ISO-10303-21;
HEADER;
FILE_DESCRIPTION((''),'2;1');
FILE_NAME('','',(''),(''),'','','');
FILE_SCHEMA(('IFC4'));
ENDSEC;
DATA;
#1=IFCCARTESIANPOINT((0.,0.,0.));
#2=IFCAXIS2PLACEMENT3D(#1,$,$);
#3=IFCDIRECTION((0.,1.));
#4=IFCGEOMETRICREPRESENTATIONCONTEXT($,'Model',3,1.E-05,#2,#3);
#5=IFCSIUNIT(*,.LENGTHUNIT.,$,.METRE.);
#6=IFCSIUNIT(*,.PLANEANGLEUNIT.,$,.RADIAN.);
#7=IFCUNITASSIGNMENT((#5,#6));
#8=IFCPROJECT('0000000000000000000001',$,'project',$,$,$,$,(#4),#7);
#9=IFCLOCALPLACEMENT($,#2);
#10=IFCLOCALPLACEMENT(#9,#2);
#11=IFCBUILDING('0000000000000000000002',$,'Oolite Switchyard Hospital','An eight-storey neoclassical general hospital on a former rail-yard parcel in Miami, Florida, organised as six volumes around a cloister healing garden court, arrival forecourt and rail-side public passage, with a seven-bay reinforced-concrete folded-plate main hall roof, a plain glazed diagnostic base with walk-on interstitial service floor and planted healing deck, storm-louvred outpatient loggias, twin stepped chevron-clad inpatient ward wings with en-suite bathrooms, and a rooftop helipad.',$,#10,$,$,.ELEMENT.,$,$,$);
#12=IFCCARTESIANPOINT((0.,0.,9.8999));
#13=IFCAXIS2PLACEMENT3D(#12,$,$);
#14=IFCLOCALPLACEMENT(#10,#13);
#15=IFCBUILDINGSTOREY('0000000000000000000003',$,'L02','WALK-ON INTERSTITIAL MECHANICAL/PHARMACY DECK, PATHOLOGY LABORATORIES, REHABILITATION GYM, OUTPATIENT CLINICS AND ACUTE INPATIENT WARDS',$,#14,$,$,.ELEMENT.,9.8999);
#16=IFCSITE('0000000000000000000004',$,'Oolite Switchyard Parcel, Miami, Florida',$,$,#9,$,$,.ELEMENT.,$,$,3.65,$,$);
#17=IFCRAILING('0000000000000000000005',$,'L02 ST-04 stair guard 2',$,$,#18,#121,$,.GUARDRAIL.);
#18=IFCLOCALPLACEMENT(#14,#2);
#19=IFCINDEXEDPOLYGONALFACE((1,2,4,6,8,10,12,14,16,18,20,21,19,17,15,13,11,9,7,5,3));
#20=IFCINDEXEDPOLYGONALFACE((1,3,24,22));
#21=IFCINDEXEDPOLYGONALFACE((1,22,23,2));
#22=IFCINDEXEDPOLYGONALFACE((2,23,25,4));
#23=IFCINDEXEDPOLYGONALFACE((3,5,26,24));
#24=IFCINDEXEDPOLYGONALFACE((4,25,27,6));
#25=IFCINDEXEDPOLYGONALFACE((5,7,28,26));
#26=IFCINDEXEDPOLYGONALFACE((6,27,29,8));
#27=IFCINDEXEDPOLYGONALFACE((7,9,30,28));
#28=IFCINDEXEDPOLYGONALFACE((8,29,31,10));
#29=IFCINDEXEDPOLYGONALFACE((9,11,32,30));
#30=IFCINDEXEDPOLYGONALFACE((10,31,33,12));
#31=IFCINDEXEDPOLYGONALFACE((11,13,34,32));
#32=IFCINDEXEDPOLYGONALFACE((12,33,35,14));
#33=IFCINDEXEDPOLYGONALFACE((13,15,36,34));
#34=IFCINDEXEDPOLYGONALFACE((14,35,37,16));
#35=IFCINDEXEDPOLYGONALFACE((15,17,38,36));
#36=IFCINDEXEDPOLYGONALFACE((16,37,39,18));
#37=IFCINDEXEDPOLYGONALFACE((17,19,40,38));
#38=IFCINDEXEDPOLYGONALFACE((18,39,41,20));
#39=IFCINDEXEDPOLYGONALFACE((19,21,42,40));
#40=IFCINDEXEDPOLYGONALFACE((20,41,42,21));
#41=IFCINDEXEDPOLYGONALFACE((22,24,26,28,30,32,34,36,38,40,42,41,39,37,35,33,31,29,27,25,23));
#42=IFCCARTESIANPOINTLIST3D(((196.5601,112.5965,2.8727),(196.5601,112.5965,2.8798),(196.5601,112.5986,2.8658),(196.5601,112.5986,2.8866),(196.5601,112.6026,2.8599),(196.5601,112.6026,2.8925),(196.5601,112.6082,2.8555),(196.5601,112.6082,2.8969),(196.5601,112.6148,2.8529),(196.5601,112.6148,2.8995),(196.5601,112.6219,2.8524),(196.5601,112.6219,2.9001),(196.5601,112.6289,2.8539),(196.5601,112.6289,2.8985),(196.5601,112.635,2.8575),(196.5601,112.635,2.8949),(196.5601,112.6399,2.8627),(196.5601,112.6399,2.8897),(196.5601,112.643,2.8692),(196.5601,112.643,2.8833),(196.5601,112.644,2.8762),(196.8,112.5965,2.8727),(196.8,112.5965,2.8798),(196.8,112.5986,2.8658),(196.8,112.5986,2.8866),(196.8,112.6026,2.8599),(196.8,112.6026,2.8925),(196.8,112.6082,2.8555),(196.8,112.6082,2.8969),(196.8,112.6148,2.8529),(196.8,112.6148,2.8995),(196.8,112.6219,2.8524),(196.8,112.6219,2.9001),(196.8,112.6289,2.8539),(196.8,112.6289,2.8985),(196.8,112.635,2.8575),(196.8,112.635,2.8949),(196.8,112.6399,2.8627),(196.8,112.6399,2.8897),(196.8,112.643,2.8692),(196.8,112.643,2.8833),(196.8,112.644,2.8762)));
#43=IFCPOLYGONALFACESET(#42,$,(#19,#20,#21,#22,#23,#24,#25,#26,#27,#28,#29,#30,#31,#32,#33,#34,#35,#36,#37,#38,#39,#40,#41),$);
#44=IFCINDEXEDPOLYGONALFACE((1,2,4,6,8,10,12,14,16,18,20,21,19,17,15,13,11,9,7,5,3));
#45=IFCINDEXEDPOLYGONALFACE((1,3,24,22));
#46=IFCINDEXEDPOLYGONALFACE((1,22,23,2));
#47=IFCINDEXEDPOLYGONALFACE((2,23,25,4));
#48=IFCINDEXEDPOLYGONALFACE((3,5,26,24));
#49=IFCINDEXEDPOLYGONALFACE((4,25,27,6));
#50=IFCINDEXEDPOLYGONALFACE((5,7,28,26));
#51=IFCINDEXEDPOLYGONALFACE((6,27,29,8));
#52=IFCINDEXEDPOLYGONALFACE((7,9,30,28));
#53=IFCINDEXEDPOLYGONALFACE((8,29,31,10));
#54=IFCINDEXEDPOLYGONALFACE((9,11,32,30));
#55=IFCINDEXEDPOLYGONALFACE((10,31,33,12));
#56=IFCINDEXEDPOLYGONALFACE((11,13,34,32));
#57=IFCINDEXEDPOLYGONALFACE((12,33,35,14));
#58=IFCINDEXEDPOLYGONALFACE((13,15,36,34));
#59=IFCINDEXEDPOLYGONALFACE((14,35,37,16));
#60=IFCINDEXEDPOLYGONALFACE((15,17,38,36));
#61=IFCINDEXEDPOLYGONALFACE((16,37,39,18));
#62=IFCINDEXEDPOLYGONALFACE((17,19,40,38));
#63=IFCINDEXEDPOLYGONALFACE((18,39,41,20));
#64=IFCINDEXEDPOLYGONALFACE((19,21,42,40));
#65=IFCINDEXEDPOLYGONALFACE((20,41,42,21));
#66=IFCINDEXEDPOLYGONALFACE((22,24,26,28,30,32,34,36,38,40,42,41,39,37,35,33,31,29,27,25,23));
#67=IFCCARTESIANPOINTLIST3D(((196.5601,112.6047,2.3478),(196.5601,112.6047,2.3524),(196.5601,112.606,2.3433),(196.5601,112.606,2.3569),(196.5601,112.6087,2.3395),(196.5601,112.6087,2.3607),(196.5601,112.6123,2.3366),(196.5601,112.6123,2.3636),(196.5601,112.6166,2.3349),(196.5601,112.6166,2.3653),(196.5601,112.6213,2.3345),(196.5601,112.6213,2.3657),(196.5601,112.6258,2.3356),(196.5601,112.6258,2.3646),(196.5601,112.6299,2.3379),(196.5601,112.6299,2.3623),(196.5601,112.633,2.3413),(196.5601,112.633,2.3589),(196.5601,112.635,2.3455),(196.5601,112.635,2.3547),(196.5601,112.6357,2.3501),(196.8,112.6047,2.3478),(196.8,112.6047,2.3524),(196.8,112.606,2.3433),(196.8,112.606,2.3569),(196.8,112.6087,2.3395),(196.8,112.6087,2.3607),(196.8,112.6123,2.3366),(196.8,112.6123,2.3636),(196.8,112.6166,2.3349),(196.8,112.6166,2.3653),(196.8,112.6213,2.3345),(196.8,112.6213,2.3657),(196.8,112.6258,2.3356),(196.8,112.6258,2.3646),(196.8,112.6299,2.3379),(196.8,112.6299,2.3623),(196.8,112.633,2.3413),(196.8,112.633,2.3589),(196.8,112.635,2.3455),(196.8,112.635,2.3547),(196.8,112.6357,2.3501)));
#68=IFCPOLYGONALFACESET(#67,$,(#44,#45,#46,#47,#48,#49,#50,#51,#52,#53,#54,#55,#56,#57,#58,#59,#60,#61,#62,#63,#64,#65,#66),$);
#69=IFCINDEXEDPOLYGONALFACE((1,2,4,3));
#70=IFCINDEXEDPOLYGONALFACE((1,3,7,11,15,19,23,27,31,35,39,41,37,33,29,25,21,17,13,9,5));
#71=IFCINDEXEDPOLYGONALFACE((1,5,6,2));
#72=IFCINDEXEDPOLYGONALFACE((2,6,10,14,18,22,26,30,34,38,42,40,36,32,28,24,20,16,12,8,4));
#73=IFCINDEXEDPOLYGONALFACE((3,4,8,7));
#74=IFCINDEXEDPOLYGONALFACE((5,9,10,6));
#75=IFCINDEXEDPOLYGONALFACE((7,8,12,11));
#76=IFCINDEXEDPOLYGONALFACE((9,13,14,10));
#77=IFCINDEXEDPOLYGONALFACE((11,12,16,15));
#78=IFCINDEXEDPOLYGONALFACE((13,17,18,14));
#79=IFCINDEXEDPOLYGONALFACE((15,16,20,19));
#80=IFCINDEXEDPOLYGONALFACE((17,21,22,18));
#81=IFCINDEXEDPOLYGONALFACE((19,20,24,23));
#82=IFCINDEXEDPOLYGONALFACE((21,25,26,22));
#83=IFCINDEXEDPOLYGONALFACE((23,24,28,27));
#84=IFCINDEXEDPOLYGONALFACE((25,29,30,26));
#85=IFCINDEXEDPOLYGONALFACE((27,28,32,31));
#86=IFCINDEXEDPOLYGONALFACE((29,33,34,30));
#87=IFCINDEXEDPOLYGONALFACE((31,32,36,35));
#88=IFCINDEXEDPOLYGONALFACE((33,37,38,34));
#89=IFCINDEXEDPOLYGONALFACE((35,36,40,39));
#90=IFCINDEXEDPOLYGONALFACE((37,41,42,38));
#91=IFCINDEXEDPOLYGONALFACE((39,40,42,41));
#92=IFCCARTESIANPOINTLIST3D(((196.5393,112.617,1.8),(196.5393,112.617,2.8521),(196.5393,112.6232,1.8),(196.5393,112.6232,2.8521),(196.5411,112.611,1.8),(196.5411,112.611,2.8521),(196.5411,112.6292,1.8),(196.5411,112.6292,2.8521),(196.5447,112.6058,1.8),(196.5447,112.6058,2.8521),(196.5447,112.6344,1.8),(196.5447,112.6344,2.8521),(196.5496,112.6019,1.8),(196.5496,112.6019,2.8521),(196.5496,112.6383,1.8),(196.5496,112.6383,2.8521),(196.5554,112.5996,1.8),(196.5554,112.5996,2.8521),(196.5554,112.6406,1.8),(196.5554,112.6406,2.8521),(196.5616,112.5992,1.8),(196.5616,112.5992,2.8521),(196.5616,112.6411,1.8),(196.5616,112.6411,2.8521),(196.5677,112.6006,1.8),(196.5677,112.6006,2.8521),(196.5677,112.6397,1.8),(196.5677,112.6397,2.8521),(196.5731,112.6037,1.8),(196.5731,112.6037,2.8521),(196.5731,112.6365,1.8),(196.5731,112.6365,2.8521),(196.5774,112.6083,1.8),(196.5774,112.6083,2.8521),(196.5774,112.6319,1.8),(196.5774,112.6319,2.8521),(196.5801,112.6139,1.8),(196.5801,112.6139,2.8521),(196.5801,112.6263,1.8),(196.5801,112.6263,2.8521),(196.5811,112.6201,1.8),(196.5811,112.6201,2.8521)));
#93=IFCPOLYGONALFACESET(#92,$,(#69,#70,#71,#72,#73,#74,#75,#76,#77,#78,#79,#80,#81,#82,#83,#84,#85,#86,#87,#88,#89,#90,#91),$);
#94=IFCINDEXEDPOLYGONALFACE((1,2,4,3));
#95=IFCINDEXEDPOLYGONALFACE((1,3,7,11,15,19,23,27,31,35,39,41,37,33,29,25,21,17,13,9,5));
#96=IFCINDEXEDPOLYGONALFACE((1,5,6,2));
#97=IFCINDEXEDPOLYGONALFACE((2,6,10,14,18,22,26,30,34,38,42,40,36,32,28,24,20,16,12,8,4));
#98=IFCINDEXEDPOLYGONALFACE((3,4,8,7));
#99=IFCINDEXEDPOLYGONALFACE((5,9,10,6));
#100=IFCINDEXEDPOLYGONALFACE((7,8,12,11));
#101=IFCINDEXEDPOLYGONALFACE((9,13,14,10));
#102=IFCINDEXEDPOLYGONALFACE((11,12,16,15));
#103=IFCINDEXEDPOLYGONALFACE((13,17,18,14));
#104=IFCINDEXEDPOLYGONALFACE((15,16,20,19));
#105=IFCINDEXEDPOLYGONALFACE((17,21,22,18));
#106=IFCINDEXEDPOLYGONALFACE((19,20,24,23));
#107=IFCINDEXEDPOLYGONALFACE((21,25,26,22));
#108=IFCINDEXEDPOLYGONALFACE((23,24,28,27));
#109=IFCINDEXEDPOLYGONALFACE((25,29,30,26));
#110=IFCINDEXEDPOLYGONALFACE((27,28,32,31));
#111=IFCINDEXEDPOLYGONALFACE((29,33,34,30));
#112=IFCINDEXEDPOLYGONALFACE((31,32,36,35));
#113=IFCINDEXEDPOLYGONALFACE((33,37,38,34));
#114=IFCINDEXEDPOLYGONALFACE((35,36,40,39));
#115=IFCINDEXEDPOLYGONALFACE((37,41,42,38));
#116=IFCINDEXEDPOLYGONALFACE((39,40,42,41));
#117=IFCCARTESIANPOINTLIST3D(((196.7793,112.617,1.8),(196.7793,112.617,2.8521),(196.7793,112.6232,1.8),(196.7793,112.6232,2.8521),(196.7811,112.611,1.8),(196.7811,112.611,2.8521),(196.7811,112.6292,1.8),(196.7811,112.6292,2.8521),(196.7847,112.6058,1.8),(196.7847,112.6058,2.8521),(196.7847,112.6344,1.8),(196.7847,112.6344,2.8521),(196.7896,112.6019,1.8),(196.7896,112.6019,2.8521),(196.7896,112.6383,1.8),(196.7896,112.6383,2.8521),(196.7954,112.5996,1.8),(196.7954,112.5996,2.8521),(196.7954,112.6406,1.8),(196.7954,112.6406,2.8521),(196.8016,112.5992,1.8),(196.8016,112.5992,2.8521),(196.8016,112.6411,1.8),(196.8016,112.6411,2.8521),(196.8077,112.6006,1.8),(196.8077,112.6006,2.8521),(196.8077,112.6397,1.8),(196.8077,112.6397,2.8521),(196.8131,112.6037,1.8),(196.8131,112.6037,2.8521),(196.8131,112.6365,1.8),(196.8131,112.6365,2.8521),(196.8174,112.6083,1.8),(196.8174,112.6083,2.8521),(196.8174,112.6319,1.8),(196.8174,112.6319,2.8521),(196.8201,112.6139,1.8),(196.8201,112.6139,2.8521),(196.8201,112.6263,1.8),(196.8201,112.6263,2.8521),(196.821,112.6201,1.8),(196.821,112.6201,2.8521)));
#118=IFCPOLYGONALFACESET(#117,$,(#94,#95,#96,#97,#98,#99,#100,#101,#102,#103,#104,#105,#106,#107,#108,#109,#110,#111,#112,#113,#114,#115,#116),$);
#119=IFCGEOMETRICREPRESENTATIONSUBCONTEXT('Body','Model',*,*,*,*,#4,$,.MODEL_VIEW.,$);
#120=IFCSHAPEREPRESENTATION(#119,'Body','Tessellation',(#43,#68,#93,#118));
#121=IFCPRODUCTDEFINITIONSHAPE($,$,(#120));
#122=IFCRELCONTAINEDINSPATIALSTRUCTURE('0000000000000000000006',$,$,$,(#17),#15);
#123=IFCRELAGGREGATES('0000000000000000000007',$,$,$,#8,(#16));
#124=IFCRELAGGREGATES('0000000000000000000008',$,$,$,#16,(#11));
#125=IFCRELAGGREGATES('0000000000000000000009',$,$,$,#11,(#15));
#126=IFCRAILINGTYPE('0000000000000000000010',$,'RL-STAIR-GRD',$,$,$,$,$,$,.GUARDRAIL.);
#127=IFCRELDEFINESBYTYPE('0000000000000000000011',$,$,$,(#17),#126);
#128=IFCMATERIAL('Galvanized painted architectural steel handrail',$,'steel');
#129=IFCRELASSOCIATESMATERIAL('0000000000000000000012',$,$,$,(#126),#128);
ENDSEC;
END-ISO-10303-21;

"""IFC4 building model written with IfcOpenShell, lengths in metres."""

from ifc_helpers import new_model, si_unit, direction, frame, origin, origin_2d, place, context, subcontext, project, spatial, circle, extrude, material, type_object, element, save


model = new_model("IFC4")

# Units and contexts
model_context = context("Model", 3, precision=1e-05, world=origin(), true_north=direction((0.0, 1.0)))
body_context = subcontext(model_context, "Body", "Model", "MODEL_VIEW")
ifc_project = project(units=[si_unit("LENGTHUNIT", "METRE"), si_unit("PLANEANGLEUNIT", "RADIAN")], contexts=[model_context])

# Site, building, storey
site_placement = place(None, origin())
site = spatial("IfcSite", under=ifc_project, at=site_placement, Name="Oolite Switchyard Parcel, Miami, Florida", CompositionType="ELEMENT", RefElevation=3.65)
building_placement = place(site_placement, origin())
building = spatial("IfcBuilding", under=site, at=building_placement, Name="Oolite Switchyard Hospital", Description="An eight-storey neoclassical general hospital on a former rail-yard parcel in Miami, Florida, organised as six volumes around a cloister healing garden court, arrival forecourt and rail-side public passage, with a seven-bay reinforced-concrete folded-plate main hall roof, a plain glazed diagnostic base with walk-on interstitial service floor and planted healing deck, storm-louvred outpatient loggias, twin stepped chevron-clad inpatient ward wings with en-suite bathrooms, and a rooftop helipad.", CompositionType="ELEMENT")
storey_placement = place(building_placement, frame((0.0, 0.0, 9.8999)))
storey = spatial("IfcBuildingStorey", under=building, at=storey_placement, Name="L02", Description="WALK-ON INTERSTITIAL MECHANICAL/PHARMACY DECK, PATHOLOGY LABORATORIES, REHABILITATION GYM, OUTPATIENT CLINICS AND ACUTE INPATIENT WARDS", CompositionType="ELEMENT", Elevation=9.8999)

# Railing
ifc_material_1 = material(Name="Galvanized painted architectural steel handrail", Category="steel")
railing_type_1 = type_object("IfcRailingType", Name="RL-STAIR-GRD", PredefinedType="GUARDRAIL", material=ifc_material_1)
railing_1_placement = place(storey_placement, frame((196.5601, 112.6201, 1.8)))
element("IfcRailing", 1, at=railing_1_placement, inside=storey, type_object=railing_type_1, Name="L02 ST-04 stair guard 2", PredefinedType="GUARDRAIL", context=body_context, shape_type="SweptSolid", body=[
    extrude(circle(Radius=0.0239, at=origin_2d()), frame((0.0, 0.0, 1.0762), z_axis=(1.0, 0.0, 0.0), x_axis=(0.0, 1.0, 0.0)), (0.0, 0.0, 1.0), 0.24),
    extrude(circle(Radius=0.0156, at=origin_2d()), frame((0.0, 0.0, 0.55), z_axis=(1.0, 0.0, 0.0), x_axis=(0.0, 1.0, 0.0)), (0.0, 0.0, 1.0), 0.24),
    extrude(circle(Radius=0.021, at=origin_2d()), origin(), (0.0, 0.0, 1.0), 1.052),
    extrude(circle(Radius=0.021, at=origin_2d()), frame((0.24, 0.0, 0.0)), (0.0, 0.0, 1.0), 1.052),
])

save(model, "model.ifc")
